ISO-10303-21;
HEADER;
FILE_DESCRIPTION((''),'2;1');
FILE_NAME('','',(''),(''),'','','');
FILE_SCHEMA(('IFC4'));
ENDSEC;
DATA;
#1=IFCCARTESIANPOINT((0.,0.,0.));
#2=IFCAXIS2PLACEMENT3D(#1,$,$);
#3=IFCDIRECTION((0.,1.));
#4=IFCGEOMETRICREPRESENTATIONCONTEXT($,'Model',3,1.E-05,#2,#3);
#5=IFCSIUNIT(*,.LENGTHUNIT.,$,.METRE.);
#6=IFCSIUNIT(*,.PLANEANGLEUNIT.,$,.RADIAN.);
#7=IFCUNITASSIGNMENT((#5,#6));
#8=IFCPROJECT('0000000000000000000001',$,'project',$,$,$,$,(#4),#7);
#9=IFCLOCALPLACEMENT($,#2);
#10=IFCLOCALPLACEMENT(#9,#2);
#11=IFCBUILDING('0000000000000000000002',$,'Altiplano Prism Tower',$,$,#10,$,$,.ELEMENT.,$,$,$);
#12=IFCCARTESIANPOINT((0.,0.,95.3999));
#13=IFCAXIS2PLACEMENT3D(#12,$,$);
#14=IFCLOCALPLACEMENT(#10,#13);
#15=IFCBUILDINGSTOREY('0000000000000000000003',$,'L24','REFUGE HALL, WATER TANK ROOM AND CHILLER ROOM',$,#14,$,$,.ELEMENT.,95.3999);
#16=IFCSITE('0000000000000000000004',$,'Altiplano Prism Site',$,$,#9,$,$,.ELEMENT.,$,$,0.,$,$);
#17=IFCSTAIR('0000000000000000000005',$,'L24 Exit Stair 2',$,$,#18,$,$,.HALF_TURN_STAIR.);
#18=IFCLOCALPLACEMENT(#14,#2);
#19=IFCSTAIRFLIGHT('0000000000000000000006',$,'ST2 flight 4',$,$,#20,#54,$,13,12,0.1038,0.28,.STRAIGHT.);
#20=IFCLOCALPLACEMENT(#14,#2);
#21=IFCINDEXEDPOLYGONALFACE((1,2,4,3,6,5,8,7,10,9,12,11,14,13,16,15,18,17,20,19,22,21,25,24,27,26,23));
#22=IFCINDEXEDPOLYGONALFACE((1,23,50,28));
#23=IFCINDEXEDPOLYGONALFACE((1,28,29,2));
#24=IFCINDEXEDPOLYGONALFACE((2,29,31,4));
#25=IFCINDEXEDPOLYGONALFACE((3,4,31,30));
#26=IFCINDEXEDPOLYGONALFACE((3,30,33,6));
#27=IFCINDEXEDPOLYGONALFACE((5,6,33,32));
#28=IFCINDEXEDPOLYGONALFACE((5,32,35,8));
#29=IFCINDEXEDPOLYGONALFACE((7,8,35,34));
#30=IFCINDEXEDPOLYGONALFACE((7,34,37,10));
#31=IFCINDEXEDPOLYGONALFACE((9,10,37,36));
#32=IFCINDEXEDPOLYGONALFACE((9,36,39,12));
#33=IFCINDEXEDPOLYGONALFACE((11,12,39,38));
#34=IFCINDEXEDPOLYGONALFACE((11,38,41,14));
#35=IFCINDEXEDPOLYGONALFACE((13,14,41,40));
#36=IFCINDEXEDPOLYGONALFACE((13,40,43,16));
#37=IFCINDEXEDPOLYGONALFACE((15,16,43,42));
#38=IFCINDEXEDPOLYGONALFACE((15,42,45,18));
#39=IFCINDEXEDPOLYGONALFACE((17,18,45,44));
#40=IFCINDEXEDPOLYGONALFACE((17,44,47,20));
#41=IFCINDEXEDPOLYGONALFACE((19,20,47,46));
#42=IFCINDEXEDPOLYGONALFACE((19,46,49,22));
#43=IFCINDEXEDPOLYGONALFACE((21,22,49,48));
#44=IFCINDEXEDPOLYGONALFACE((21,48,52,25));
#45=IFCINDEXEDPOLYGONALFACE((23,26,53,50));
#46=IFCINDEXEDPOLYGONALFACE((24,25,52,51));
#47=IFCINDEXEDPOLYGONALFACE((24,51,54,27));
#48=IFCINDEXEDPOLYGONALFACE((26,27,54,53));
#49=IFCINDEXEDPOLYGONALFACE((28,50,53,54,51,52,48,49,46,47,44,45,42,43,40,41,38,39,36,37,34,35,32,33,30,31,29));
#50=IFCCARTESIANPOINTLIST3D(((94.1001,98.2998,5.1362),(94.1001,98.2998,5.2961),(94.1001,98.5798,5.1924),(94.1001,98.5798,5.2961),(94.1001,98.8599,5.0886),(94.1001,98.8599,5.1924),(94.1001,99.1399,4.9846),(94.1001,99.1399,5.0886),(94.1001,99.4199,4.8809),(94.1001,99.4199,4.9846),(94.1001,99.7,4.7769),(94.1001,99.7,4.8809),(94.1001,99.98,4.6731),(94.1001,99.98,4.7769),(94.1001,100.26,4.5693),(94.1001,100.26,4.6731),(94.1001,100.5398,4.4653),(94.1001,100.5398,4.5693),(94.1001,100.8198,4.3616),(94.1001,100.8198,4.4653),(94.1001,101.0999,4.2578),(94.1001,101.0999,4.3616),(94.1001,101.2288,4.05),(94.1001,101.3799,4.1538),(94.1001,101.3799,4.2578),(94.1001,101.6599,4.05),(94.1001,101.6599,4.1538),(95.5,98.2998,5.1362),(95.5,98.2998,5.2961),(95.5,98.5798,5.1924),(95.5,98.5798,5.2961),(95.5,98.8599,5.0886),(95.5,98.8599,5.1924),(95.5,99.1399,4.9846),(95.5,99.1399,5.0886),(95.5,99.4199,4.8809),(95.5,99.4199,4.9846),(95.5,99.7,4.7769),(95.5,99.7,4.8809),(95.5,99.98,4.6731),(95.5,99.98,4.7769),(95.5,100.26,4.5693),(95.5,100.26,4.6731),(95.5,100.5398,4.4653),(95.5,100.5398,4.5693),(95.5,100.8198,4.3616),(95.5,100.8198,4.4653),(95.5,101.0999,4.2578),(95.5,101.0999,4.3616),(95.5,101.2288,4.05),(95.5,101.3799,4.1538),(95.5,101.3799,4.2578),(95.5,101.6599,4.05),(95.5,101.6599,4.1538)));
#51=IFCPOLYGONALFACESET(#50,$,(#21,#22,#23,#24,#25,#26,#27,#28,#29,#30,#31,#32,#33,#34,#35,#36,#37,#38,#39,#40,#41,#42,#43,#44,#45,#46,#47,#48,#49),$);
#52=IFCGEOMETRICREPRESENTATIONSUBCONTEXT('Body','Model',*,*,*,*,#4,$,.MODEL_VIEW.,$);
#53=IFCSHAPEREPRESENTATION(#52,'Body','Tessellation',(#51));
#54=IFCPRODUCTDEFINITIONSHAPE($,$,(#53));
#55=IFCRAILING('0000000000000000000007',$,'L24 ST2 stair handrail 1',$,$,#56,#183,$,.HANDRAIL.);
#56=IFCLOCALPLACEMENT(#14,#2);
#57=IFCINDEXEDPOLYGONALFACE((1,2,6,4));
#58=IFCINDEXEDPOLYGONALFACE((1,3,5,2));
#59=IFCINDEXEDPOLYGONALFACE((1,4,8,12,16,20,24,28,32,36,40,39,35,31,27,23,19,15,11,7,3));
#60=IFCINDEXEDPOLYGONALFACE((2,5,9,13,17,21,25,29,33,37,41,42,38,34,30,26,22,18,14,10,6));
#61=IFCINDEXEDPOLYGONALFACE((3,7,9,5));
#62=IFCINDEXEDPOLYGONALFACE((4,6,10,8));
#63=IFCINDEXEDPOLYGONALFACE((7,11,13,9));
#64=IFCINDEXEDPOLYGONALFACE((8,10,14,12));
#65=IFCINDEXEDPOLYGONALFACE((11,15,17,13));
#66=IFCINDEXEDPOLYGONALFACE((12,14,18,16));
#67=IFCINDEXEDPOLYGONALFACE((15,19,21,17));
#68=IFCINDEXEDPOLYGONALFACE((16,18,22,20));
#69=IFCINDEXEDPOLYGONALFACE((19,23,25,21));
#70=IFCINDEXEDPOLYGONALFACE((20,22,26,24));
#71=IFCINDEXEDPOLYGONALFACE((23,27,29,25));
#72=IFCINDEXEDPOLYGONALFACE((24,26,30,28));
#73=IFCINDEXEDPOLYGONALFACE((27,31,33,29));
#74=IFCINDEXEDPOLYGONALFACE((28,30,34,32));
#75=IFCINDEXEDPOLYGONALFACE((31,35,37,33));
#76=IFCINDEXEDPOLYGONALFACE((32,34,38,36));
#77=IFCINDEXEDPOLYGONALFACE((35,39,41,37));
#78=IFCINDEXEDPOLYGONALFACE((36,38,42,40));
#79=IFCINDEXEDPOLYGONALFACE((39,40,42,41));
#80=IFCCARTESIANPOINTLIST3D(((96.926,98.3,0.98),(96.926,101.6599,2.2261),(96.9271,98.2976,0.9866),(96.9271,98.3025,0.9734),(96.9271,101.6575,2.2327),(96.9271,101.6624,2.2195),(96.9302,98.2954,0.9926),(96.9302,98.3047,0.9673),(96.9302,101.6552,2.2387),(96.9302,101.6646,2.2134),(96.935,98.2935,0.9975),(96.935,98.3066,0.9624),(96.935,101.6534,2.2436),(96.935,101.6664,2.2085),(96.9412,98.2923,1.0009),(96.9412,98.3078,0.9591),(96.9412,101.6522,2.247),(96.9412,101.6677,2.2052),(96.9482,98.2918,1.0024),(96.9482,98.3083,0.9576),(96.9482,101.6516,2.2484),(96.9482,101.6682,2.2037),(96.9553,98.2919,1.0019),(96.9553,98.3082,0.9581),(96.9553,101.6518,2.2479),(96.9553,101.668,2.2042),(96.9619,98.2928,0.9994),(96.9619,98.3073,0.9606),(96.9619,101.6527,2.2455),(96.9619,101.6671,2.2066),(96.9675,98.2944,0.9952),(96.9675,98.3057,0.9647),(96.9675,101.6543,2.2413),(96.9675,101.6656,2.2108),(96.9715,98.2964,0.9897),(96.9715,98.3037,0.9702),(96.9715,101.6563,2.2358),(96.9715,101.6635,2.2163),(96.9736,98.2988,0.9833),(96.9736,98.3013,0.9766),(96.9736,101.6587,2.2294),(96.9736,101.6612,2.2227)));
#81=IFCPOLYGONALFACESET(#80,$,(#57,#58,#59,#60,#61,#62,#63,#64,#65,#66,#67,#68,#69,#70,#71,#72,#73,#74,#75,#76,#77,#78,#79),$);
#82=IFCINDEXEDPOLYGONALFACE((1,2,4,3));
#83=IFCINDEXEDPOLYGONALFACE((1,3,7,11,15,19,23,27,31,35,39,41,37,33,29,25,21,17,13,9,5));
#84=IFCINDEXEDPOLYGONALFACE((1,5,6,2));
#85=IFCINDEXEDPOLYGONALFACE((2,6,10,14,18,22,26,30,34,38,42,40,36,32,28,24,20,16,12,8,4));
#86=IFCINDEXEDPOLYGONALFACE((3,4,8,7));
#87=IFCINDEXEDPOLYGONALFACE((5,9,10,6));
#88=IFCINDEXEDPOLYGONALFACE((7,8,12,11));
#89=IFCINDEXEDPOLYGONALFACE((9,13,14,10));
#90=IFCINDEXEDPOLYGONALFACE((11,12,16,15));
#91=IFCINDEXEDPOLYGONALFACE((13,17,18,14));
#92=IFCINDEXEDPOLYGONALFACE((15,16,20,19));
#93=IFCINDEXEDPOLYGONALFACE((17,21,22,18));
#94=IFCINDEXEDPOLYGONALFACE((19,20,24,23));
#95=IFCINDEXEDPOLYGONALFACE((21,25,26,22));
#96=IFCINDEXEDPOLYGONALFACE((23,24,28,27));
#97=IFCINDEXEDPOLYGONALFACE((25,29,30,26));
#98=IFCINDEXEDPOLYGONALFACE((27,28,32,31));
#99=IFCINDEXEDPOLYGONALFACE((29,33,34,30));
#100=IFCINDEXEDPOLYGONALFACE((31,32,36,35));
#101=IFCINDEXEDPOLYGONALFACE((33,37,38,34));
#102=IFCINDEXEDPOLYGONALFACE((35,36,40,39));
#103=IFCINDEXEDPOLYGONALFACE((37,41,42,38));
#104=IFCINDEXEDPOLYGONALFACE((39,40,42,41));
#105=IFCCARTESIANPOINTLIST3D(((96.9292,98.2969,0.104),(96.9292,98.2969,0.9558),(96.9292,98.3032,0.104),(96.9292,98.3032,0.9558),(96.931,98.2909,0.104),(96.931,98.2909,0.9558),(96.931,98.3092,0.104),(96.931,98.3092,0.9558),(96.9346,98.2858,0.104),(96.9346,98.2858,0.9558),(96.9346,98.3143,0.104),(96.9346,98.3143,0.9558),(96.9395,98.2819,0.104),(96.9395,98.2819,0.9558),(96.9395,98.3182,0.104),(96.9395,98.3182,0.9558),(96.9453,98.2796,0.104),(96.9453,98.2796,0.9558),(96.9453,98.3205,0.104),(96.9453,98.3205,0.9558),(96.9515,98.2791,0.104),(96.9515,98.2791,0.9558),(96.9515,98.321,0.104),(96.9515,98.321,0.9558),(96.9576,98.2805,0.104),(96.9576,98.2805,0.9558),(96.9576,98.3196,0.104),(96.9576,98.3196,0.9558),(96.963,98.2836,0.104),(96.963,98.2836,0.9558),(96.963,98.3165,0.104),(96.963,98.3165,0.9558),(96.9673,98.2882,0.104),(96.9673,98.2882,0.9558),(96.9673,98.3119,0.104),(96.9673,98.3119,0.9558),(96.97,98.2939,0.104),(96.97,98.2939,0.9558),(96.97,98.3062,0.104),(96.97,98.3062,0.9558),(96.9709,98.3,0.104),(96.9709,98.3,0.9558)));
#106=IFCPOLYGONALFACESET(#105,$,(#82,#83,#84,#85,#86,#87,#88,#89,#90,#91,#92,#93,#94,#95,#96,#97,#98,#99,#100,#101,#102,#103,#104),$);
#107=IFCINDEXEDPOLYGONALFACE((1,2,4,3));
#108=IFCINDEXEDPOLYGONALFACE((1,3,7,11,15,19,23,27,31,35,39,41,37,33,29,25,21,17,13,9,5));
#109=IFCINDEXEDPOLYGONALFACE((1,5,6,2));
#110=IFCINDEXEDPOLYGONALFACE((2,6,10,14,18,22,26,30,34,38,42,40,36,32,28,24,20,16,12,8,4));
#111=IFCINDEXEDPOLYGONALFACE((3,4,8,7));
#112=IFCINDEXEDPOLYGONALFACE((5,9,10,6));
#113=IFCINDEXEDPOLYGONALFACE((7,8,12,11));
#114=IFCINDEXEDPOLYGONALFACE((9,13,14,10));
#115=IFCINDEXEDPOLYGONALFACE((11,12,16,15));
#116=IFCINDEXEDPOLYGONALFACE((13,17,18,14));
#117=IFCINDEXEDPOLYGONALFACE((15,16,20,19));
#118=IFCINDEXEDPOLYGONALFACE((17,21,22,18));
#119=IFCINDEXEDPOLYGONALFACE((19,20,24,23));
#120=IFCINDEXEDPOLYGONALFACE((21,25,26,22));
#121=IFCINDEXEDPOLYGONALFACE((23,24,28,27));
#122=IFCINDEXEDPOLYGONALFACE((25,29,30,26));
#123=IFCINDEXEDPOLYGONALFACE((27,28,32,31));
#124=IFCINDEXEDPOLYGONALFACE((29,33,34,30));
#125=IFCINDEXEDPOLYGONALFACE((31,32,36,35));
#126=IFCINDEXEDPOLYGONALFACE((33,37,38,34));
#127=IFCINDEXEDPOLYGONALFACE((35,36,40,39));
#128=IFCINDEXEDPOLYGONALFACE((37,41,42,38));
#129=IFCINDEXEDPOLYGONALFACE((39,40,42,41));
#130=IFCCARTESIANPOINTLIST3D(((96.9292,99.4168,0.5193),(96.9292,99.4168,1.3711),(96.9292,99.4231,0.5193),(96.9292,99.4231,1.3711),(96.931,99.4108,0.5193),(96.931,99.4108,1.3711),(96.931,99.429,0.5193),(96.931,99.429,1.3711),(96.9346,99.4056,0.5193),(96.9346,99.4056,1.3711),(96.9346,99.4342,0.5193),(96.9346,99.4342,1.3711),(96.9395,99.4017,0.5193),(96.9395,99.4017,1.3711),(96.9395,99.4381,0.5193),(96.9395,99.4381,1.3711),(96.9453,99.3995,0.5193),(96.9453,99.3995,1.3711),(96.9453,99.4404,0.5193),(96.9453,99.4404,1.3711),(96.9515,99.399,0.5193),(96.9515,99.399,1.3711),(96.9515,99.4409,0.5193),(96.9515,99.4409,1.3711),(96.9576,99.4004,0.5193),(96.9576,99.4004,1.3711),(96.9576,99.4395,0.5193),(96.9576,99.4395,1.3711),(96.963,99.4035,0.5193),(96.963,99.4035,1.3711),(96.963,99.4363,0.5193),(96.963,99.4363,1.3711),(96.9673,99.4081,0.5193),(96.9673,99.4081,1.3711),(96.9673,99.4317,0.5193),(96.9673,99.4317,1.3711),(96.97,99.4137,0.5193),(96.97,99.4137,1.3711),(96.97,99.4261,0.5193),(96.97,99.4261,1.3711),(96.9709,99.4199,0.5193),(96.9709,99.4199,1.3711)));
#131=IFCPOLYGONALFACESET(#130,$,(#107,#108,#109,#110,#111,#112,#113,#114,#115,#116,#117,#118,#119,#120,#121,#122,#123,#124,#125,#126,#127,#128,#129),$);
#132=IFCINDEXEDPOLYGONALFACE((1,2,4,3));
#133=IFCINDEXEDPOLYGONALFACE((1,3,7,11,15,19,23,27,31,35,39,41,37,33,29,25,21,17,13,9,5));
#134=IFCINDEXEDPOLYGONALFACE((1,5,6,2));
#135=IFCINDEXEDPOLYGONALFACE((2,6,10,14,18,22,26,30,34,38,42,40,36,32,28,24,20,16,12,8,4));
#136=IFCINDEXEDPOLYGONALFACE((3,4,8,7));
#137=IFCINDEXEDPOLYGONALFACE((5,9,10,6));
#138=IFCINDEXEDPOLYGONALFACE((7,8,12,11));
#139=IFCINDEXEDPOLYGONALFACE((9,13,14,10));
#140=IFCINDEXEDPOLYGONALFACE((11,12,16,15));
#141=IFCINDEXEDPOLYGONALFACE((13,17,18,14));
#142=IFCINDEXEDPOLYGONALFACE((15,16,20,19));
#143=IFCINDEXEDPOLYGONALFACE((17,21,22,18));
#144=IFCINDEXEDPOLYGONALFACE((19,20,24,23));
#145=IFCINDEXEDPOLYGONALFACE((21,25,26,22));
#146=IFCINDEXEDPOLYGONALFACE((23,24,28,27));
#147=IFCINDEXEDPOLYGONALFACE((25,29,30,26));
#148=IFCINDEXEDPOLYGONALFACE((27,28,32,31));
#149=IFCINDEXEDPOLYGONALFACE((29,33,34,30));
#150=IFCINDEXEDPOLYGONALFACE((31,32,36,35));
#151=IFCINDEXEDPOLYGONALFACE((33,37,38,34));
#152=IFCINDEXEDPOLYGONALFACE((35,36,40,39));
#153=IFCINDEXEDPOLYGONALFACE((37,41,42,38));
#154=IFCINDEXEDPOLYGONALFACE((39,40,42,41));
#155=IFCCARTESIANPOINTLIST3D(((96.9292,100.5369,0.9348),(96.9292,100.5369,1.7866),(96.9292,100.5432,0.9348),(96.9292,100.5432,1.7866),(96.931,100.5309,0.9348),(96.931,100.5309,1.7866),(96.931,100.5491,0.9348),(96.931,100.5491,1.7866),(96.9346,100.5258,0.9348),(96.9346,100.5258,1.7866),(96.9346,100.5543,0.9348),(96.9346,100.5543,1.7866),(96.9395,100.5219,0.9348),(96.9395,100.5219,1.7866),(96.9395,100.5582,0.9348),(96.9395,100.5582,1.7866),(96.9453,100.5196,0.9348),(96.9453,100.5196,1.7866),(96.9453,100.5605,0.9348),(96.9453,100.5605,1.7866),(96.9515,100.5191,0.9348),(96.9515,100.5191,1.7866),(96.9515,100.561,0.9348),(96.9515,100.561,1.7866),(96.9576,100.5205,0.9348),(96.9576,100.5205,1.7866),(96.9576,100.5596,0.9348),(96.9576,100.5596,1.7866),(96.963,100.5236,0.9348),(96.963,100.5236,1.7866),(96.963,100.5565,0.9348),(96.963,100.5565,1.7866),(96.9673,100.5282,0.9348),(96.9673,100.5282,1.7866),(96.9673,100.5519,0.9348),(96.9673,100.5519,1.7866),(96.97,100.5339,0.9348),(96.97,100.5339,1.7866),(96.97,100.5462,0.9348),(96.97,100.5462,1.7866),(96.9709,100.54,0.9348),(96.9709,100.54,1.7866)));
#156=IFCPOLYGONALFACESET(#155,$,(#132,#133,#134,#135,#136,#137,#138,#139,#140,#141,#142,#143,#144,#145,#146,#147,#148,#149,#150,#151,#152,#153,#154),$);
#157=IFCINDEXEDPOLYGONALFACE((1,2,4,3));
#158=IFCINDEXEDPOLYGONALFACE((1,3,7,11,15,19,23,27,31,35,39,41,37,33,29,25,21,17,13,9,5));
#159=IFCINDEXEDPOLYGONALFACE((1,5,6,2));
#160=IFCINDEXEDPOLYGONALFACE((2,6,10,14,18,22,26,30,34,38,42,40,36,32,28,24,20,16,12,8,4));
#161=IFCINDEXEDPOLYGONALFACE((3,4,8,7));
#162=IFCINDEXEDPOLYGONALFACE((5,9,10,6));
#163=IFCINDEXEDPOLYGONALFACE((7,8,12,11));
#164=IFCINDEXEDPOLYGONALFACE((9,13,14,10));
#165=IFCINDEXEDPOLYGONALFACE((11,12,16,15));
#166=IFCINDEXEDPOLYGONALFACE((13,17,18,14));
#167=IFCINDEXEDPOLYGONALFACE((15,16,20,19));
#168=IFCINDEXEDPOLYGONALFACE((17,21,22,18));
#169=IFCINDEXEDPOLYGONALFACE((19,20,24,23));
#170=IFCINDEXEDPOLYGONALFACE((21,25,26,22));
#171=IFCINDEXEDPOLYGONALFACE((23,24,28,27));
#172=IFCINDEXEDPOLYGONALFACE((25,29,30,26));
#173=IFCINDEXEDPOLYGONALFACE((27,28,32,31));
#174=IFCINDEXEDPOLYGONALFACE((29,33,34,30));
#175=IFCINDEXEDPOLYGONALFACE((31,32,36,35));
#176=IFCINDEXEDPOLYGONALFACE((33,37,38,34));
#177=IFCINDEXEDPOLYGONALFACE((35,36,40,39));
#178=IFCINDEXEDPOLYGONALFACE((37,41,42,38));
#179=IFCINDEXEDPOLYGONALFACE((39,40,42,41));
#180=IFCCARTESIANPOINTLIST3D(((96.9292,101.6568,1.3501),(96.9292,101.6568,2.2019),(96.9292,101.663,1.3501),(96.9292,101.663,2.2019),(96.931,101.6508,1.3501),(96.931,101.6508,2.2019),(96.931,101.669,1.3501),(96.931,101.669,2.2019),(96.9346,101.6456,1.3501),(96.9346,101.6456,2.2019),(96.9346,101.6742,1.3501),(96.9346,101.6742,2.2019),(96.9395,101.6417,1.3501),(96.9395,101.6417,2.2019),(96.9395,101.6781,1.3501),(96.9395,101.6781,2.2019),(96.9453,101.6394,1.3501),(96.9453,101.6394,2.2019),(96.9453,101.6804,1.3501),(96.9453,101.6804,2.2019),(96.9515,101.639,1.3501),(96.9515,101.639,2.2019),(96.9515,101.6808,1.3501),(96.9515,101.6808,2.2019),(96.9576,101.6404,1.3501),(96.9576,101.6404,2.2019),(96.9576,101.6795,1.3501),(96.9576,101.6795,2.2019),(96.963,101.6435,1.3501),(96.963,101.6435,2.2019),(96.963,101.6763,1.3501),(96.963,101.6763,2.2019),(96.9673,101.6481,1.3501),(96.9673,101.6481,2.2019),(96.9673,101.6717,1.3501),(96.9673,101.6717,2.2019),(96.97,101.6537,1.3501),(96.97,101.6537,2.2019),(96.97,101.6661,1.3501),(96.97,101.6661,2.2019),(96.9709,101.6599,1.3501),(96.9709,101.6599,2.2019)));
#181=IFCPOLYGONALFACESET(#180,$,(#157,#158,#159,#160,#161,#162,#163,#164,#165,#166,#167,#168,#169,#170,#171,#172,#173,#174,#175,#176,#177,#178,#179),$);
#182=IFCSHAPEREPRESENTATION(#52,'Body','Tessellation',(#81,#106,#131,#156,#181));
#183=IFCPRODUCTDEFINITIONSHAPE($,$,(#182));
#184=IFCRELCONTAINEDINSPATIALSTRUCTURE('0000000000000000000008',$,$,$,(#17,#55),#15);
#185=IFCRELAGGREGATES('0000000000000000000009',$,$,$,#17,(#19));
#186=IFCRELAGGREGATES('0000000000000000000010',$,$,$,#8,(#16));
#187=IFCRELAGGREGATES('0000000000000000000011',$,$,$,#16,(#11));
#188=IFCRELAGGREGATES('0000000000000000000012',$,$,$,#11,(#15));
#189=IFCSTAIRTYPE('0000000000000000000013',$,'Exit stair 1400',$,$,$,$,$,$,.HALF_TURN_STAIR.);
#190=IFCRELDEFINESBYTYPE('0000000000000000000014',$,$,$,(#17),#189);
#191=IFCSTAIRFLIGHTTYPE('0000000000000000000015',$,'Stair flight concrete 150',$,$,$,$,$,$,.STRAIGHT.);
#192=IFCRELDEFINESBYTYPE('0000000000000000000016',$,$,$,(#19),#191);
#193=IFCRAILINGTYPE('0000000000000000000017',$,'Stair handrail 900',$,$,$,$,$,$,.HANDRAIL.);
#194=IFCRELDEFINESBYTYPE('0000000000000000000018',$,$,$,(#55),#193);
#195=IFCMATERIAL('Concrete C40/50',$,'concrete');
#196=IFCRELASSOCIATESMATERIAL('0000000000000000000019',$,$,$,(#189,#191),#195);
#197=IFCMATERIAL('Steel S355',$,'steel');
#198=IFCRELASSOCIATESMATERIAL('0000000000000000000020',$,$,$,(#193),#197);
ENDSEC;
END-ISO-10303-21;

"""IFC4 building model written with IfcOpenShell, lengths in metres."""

from ifc_helpers import new_model, si_unit, direction, frame, origin, origin_2d, place, context, subcontext, project, spatial, polyline, circle, outline, extrude, material, type_object, element, aggregate, save


model = new_model("IFC4")

# Units and contexts
model_context = context("Model", 3, precision=1e-05, world=origin(), true_north=direction((0.0, 1.0)))
body_context = subcontext(model_context, "Body", "Model", "MODEL_VIEW")
ifc_project = project(units=[si_unit("LENGTHUNIT", "METRE"), si_unit("PLANEANGLEUNIT", "RADIAN")], contexts=[model_context])

# Site, building, storey
site_placement = place(None, origin())
site = spatial("IfcSite", under=ifc_project, at=site_placement, Name="Altiplano Prism Site", CompositionType="ELEMENT", RefElevation=0.0)
building_placement = place(site_placement, origin())
building = spatial("IfcBuilding", under=site, at=building_placement, Name="Altiplano Prism Tower", CompositionType="ELEMENT")
storey_placement = place(building_placement, frame((0.0, 0.0, 95.3999)))
storey = spatial("IfcBuildingStorey", under=building, at=storey_placement, Name="L24", Description="REFUGE HALL, WATER TANK ROOM AND CHILLER ROOM", CompositionType="ELEMENT", Elevation=95.3999)

# Shared definitions
ifc_material_1 = material(Name="Steel S355", Category="steel")

# Stair, stair flight
ifc_material_2 = material(Name="Concrete C40/50", Category="concrete")
stair_type = type_object("IfcStairType", Name="Exit stair 1400", PredefinedType="HALF_TURN_STAIR", material=ifc_material_2)
stair_placement = place(storey_placement, origin())
stair = element("IfcStair", 1, at=stair_placement, inside=storey, type_object=stair_type, Name="L24 Exit Stair 2", PredefinedType="HALF_TURN_STAIR")
stair_flight_type = type_object("IfcStairFlightType", Name="Stair flight concrete 150", PredefinedType="STRAIGHT", material=ifc_material_2)
stair_flight_1_placement = place(storey_placement, frame((94.8, 101.6599, 4.05), z_axis=(0.0, 0.0, 1.0), x_axis=(0.0, -1.0, 0.0)))
stair_flight_1 = element("IfcStairFlight", 2, at=stair_flight_1_placement, type_object=stair_flight_type, Name="ST2 flight 4", NumberOfRisers=13, NumberOfTreads=12, PredefinedType="STRAIGHT", RiserHeight=0.1038, TreadLength=0.28, context=body_context, shape_type="SweptSolid", body=[
    extrude(outline(polyline([(0.0, 0.0), (0.0, 0.1038), (0.28, 0.1038), (0.28, 0.2078), (0.5601, 0.2078), (0.5601, 0.3115), (0.8401, 0.3115), (0.8401, 0.4153), (1.1201, 0.4153), (1.1201, 0.5193), (1.3999, 0.5193), (1.3999, 0.623), (1.6799, 0.623), (1.6799, 0.7268), (1.96, 0.7268), (1.96, 0.8308), (2.24, 0.8308), (2.24, 0.9346), (2.52, 0.9346), (2.52, 1.0386), (2.8, 1.0386), (2.8, 1.1423), (3.0801, 1.1423), (3.0801, 1.2461), (3.3601, 1.2461), (3.3601, 1.3501), (3.3601, 1.0862), (0.4312, 0.0), (0.0, 0.0)])), frame((0.0, 0.7, 0.0), z_axis=(0.0, -1.0, 0.0), x_axis=(1.0, 0.0, 0.0)), (0.0, 0.0, 1.0), 1.3999),
])
aggregate(stair, [stair_flight_1])

# Railing
railing_type = type_object("IfcRailingType", Name="Stair handrail 900", PredefinedType="HANDRAIL", material=ifc_material_1)
railing_1_placement = place(storey_placement, frame((96.95, 98.3, 0.104)))
element("IfcRailing", 3, at=railing_1_placement, inside=storey, type_object=railing_type, Name="L24 ST2 stair handrail 1", PredefinedType="HANDRAIL", context=body_context, shape_type="SweptSolid", body=[
    extrude(circle(Radius=0.0239, at=origin_2d()), frame((0.0, 0.0, 0.876), z_axis=(0.0, 0.937594, 0.347731), x_axis=(-1.0, 0.0, 0.0)), (0.0, 0.0, 1.0), 3.5835),
    extrude(circle(Radius=0.021, at=origin_2d()), origin(), (0.0, 0.0, 1.0), 0.8518),
    extrude(circle(Radius=0.021, at=origin_2d()), frame((0.0, 1.1199, 0.4153)), (0.0, 0.0, 1.0), 0.8518),
    extrude(circle(Radius=0.021, at=origin_2d()), frame((0.0, 2.24, 0.8308)), (0.0, 0.0, 1.0), 0.8518),
    extrude(circle(Radius=0.021, at=origin_2d()), frame((0.0, 3.3599, 1.2461)), (0.0, 0.0, 1.0), 0.8518),
])

save(model, "model.ifc")
